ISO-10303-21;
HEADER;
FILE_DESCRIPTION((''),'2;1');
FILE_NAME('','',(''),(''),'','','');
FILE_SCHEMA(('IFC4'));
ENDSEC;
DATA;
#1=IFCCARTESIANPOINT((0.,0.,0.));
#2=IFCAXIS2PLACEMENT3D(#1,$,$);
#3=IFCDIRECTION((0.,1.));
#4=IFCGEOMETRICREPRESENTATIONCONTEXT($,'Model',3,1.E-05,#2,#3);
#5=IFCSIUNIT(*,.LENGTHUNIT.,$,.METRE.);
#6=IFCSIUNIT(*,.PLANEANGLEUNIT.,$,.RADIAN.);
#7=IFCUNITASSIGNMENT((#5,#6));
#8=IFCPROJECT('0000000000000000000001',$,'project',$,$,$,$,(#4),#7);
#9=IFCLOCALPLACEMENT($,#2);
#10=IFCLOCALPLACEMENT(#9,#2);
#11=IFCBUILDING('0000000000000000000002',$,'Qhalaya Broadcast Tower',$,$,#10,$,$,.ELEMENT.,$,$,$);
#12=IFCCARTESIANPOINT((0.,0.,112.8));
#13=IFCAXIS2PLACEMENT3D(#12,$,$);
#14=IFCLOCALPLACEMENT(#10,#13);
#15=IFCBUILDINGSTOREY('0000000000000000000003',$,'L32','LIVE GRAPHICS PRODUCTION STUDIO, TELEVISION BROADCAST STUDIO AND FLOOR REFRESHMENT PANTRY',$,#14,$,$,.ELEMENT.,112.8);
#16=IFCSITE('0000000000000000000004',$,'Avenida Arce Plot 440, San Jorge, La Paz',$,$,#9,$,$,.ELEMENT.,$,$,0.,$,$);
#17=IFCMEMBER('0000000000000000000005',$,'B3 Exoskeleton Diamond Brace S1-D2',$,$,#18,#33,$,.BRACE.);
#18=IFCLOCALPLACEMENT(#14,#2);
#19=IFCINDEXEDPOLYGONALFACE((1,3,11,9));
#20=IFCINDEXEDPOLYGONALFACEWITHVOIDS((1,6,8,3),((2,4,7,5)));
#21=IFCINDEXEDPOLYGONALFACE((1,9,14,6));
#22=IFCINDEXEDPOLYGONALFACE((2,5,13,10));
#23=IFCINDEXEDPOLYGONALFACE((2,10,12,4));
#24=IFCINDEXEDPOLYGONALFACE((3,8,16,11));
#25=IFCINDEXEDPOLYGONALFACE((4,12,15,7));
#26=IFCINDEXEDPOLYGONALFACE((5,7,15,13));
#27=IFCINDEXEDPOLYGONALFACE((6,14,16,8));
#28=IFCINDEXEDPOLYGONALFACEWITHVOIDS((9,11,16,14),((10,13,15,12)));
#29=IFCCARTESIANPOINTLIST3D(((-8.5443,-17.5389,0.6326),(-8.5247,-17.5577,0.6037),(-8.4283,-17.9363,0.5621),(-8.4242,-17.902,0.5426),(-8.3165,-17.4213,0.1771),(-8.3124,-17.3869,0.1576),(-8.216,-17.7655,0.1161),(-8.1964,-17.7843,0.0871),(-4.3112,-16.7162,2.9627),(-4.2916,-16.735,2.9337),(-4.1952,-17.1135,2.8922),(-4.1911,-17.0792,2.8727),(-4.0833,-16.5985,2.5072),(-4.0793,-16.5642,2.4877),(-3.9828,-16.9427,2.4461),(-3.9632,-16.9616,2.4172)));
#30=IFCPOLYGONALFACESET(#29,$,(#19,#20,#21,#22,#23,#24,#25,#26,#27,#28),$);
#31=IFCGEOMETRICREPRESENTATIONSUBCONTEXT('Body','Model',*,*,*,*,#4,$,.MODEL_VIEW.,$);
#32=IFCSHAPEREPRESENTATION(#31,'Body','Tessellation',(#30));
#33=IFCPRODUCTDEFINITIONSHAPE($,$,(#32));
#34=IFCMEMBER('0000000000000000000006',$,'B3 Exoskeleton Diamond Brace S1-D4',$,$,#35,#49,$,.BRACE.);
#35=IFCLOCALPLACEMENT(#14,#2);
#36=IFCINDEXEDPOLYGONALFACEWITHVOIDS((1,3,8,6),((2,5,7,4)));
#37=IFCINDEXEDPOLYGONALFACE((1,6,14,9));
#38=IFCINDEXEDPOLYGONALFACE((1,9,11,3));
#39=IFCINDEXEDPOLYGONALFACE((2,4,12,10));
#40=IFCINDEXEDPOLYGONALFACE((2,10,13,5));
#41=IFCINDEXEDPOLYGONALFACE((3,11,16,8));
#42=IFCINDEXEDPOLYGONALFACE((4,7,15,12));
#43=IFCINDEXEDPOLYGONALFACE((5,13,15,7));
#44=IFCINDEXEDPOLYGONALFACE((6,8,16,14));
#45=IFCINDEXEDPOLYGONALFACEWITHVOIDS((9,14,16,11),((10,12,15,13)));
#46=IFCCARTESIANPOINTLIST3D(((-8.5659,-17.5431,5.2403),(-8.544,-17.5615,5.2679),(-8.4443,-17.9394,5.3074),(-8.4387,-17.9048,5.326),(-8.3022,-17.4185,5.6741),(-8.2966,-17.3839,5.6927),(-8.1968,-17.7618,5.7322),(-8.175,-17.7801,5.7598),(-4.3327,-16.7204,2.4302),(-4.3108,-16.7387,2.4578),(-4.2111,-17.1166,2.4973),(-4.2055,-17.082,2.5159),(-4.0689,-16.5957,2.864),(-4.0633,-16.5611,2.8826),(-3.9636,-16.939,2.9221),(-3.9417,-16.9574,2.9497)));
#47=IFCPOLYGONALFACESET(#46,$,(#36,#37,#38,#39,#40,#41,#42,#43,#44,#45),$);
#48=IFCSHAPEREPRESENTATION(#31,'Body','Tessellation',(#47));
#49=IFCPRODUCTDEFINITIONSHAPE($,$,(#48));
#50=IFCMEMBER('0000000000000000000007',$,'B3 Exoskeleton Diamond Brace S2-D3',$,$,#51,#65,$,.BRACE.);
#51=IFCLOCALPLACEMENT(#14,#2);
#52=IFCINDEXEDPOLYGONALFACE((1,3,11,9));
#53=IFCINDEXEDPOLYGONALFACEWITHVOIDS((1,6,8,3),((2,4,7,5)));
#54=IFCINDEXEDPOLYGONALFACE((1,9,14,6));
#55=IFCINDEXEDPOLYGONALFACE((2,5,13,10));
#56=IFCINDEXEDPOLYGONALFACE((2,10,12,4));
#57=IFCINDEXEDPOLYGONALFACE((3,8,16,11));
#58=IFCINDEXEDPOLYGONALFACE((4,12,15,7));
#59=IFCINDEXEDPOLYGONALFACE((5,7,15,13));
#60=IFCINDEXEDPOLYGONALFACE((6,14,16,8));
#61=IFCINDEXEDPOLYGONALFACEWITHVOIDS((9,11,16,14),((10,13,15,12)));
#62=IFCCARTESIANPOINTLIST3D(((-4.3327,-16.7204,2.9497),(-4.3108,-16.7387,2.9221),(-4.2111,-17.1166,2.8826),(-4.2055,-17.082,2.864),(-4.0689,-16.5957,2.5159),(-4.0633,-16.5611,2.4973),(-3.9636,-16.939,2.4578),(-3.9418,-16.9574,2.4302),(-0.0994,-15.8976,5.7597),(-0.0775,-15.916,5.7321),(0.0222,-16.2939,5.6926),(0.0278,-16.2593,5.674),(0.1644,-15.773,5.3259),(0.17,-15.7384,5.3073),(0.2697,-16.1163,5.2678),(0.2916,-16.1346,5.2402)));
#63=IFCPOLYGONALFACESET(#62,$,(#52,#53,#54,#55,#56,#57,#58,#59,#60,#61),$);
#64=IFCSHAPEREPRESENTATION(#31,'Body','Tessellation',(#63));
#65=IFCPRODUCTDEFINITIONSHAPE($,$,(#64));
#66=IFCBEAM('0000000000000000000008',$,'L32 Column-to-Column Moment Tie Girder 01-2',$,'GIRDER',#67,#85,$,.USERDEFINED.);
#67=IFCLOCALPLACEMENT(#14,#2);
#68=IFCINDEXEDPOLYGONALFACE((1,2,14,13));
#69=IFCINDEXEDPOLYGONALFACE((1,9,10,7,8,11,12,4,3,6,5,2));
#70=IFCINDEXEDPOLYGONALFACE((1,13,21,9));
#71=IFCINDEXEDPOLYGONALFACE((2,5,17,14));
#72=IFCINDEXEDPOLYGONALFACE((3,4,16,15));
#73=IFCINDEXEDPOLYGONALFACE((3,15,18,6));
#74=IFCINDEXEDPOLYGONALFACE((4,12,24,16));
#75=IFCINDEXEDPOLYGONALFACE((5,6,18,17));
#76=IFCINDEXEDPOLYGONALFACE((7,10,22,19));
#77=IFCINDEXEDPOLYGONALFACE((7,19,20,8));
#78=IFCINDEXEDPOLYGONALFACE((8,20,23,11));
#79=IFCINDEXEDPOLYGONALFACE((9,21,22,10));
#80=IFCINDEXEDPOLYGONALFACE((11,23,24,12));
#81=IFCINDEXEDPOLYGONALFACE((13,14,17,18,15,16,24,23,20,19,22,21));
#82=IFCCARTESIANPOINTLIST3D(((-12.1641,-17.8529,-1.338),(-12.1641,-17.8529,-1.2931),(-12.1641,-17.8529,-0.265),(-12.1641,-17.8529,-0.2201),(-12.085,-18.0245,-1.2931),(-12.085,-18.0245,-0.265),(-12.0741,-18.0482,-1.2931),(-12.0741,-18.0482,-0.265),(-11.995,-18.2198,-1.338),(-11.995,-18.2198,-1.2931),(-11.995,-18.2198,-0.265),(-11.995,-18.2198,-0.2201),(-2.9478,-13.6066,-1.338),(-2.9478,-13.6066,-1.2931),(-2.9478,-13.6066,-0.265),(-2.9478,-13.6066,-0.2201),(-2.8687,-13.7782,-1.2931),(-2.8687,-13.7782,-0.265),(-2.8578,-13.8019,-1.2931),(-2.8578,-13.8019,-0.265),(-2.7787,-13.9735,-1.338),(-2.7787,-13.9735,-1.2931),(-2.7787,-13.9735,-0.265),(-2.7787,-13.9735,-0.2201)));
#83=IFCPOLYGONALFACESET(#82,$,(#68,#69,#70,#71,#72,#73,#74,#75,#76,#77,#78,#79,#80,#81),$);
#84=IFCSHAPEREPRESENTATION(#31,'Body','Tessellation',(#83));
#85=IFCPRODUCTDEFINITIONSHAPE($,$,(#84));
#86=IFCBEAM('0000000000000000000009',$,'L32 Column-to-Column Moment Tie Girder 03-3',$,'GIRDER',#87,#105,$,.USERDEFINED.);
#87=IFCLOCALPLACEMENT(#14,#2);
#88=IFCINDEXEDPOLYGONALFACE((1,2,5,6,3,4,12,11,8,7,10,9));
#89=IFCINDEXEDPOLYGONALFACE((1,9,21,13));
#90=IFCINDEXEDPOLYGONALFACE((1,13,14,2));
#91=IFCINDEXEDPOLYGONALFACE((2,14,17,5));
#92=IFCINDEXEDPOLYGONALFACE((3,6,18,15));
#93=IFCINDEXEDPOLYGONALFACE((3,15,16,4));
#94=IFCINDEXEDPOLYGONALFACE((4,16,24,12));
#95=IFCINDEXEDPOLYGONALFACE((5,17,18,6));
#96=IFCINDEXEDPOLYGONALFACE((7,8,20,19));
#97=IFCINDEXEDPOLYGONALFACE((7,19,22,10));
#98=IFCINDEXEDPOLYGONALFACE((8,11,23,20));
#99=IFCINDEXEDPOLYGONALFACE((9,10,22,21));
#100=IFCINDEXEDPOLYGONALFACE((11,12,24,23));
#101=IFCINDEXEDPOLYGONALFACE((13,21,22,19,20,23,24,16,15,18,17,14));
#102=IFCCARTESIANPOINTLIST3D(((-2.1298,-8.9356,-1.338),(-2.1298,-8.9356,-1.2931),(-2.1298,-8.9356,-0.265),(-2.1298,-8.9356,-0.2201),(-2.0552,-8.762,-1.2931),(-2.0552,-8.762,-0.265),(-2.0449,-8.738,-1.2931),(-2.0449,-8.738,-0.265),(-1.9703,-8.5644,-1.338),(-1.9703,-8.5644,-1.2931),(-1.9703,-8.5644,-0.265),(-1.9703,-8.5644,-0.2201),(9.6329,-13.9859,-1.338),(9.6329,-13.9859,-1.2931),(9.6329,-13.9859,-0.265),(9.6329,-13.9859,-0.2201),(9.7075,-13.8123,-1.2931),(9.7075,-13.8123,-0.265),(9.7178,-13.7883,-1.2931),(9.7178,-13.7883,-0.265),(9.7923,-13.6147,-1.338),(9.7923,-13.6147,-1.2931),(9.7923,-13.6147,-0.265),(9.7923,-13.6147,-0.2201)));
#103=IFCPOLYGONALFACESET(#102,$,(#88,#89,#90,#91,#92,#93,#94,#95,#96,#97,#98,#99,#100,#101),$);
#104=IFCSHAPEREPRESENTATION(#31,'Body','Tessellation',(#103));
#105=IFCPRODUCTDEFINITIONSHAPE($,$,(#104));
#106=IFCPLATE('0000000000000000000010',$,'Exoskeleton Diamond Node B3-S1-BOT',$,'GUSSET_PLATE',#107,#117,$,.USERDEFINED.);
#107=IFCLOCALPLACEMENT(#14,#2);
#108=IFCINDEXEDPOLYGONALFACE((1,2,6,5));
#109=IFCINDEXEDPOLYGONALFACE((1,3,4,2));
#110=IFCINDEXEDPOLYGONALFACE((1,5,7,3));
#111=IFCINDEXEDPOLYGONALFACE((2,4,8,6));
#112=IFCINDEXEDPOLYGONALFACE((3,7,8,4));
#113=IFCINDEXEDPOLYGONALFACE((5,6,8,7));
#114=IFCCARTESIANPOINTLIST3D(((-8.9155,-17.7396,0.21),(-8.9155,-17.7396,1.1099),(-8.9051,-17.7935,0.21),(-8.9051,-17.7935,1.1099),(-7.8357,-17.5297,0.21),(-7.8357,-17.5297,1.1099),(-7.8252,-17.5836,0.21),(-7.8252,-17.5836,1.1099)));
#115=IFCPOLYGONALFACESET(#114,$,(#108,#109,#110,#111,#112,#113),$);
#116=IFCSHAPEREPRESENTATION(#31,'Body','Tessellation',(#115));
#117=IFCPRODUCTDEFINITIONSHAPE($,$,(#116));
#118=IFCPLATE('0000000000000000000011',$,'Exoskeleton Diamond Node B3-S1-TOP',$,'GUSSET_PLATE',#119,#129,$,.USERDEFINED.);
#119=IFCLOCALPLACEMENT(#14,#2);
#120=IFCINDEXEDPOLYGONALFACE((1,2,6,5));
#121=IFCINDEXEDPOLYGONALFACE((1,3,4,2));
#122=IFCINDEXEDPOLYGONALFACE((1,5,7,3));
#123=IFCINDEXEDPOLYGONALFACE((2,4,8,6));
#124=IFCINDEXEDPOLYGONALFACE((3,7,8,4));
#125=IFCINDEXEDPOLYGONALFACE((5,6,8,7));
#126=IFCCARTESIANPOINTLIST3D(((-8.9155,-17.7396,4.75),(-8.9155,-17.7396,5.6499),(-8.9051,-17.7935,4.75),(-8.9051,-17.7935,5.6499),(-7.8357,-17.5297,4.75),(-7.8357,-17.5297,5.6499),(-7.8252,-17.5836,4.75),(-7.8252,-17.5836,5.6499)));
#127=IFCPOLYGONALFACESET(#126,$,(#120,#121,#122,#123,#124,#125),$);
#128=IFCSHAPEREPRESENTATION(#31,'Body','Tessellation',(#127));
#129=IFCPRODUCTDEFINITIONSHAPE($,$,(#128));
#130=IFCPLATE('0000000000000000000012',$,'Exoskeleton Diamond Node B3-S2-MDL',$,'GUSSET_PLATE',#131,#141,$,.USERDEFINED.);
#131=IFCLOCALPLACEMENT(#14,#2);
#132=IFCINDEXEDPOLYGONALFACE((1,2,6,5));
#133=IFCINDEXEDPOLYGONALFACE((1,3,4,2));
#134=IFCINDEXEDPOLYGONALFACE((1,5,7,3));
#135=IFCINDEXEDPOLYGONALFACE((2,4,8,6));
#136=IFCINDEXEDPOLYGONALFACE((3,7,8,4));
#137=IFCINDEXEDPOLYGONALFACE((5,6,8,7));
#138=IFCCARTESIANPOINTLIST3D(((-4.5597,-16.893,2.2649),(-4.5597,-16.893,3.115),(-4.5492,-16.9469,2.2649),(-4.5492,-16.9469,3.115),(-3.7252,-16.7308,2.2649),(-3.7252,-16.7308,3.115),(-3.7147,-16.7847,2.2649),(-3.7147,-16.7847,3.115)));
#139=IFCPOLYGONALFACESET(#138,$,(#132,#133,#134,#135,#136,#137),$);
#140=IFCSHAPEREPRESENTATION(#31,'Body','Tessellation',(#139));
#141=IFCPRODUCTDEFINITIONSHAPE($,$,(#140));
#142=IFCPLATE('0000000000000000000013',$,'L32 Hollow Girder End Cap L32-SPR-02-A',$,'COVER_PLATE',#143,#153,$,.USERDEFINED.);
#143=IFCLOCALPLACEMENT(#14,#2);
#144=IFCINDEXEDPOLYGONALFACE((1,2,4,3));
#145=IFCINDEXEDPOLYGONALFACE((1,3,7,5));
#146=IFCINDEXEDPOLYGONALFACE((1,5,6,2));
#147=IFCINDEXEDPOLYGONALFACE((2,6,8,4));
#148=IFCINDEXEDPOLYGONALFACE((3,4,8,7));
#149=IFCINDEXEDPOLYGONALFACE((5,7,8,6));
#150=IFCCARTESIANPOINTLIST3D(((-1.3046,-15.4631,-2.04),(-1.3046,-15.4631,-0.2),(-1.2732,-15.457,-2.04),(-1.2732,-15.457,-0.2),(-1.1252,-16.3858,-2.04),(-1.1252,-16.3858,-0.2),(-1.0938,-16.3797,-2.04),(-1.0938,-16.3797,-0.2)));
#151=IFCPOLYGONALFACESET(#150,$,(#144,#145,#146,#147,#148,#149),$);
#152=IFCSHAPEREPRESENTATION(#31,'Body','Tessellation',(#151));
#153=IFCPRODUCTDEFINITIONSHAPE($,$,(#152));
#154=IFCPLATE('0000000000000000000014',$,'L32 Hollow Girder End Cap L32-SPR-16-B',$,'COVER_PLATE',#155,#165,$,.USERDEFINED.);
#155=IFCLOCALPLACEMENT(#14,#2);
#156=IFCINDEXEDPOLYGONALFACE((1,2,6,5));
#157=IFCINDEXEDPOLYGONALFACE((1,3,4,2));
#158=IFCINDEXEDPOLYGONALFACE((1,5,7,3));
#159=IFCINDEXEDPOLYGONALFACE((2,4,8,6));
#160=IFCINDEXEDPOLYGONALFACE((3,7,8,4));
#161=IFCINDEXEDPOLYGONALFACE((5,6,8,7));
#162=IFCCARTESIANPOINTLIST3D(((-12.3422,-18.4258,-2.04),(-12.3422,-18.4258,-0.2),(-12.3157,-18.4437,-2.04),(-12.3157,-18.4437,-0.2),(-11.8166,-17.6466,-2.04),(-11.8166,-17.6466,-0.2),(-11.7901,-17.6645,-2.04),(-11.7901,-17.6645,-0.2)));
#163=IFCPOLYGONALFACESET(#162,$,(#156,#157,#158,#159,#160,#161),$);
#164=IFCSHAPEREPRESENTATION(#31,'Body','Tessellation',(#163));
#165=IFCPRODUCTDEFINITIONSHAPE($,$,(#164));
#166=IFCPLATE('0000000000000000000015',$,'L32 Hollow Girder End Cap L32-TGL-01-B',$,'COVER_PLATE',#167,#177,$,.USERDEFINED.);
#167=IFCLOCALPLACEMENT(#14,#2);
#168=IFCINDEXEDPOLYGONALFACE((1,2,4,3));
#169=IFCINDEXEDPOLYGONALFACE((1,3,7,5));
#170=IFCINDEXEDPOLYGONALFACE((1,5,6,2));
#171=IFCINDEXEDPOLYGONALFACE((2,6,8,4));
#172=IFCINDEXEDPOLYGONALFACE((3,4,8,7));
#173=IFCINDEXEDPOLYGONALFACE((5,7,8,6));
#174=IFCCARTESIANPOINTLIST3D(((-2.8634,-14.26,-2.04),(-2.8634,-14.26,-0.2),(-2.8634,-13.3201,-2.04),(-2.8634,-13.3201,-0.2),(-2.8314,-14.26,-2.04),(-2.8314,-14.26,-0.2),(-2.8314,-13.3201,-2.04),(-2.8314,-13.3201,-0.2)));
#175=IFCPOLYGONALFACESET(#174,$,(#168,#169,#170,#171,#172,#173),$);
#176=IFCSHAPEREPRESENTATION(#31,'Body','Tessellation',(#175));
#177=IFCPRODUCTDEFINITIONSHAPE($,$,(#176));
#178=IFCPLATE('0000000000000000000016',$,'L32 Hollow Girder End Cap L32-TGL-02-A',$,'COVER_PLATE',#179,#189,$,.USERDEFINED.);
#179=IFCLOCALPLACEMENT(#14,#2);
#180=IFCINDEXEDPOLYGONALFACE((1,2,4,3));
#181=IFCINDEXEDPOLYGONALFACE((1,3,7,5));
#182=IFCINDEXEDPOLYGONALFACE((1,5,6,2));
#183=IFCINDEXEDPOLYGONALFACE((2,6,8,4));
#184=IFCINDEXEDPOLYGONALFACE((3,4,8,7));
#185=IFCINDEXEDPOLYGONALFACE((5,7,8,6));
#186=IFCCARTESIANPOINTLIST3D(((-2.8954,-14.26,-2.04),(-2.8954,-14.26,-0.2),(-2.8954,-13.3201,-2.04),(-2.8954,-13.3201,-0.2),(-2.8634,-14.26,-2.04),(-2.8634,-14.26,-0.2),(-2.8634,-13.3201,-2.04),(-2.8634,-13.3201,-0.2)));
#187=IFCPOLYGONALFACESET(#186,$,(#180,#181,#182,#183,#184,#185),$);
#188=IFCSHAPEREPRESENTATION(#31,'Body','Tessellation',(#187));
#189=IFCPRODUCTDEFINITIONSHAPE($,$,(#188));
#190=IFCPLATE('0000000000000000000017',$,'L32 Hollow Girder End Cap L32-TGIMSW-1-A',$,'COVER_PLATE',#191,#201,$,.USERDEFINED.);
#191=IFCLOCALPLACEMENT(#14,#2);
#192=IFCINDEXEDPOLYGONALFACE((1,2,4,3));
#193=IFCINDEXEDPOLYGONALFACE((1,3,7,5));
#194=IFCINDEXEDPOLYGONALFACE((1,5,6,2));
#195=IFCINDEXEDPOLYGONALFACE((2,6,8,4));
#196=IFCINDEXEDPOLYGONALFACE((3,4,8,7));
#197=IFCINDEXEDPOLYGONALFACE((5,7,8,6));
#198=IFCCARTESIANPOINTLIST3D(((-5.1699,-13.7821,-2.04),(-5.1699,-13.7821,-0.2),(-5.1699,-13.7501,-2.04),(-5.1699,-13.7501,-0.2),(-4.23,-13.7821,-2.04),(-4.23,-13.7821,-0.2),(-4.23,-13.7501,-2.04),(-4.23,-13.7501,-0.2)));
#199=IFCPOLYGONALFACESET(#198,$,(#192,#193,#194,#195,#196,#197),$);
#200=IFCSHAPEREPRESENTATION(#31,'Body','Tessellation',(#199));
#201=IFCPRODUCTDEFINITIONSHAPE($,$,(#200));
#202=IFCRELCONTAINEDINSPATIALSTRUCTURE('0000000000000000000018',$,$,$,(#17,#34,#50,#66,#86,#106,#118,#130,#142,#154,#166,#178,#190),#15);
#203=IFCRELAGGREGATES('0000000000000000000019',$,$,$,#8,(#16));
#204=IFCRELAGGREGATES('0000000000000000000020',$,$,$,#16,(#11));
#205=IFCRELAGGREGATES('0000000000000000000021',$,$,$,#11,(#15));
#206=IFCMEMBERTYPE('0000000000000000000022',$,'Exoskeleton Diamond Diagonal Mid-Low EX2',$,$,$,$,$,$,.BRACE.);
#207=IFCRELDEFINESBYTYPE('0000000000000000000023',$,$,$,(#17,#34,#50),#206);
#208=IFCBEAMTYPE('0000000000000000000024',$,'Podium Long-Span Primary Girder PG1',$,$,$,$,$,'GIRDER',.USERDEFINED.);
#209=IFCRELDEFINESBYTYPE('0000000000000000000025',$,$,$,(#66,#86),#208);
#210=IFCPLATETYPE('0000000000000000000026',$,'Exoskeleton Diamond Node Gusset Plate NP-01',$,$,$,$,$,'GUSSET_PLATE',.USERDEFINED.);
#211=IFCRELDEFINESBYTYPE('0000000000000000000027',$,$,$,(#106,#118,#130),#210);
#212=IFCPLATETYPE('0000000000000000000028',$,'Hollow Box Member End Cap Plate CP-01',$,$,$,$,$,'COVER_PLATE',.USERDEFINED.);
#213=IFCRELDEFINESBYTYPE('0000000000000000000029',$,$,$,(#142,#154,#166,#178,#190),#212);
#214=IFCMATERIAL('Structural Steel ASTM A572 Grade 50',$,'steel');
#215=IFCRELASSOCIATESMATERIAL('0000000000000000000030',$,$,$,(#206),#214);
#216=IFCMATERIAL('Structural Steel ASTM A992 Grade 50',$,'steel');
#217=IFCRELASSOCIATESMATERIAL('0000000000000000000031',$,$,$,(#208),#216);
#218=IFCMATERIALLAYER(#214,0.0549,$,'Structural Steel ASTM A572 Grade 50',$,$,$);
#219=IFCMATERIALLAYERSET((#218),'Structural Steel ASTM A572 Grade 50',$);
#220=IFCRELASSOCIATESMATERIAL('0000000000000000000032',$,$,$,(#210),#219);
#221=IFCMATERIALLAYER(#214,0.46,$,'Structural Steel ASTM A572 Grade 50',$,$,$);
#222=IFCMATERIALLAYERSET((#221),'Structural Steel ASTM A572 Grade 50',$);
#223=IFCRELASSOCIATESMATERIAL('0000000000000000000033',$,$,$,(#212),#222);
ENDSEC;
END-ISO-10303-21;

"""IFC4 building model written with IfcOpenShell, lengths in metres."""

from ifc_helpers import new_model, si_unit, direction, frame, origin, origin_2d, place, context, subcontext, project, spatial, rectangle, hollow_rectangle, i_section, extrude, material, layer, layer_set, material_profile, profile_set, type_object, element, save


model = new_model("IFC4")

# Units and contexts
model_context = context("Model", 3, precision=1e-05, world=origin(), true_north=direction((0.0, 1.0)))
body_context = subcontext(model_context, "Body", "Model", "MODEL_VIEW")
ifc_project = project(units=[si_unit("LENGTHUNIT", "METRE"), si_unit("PLANEANGLEUNIT", "RADIAN")], contexts=[model_context])

# Site, building, storey
site_placement = place(None, origin())
site = spatial("IfcSite", under=ifc_project, at=site_placement, Name="Avenida Arce Plot 440, San Jorge, La Paz", CompositionType="ELEMENT", RefElevation=0.0)
building_placement = place(site_placement, origin())
building = spatial("IfcBuilding", under=site, at=building_placement, Name="Qhalaya Broadcast Tower", CompositionType="ELEMENT")
storey_placement = place(building_placement, frame((0.0, 0.0, 112.8)))
storey = spatial("IfcBuildingStorey", under=building, at=storey_placement, Name="L32", Description="LIVE GRAPHICS PRODUCTION STUDIO, TELEVISION BROADCAST STUDIO AND FLOOR REFRESHMENT PANTRY", CompositionType="ELEMENT", Elevation=112.8)

# Shared definitions
ifc_material_1 = material(Name="Structural Steel ASTM A572 Grade 50", Category="steel")
ifc_material_2 = material(Name="Structural Steel ASTM A992 Grade 50", Category="steel")

# Members
ifc_material_profile_1 = material_profile(ifc_material_1, hollow_rectangle(XDim=0.4199, YDim=0.55, WallThickness=0.0281, at=origin_2d()), Name="BOX 420x550x28")
ifc_profile_set_1 = profile_set([ifc_material_profile_1], Name="Structural Steel ASTM A572 Grade 50")
member_type = type_object("IfcMemberType", Name="Exoskeleton Diamond Diagonal Mid-Low EX2", PredefinedType="BRACE", material=ifc_profile_set_1)
for number, where, z_axis, x_axis, name in (
    (1, (-8.3704, -17.6616, 0.3599), (0.863625, 0.167854, 0.47537), (-0.276323, 0.94629, 0.167871), "B3 Exoskeleton Diamond Brace S1-D2"),
):
    element("IfcMember", number, at=place(storey_placement, frame(where, z_axis=z_axis, x_axis=x_axis)), inside=storey, type_object=member_type, Name=name, PredefinedType="BRACE", context=body_context, shape_type="SweptSolid", body=[
        extrude(hollow_rectangle(XDim=0.4199, YDim=0.55, WallThickness=0.0281, at=origin_2d()), origin(), (0.0, 0.0, 1.0), 4.9016),
    ])
for number, where, z_axis, x_axis, name in (
    (2, (-4.1372, -16.8389, 2.6899), (-0.82243, -0.159847, 0.545947), (0.289542, -0.943721, 0.159864), "B3 Exoskeleton Diamond Brace S1-D4"),
    (3, (-4.1372, -16.8389, 2.6899), (0.822445, 0.159841, 0.545925), (-0.289528, 0.943725, 0.159866), "B3 Exoskeleton Diamond Brace S2-D3"),
):
    element("IfcMember", number, at=place(storey_placement, frame(where, z_axis=z_axis, x_axis=x_axis)), inside=storey, type_object=member_type, Name=name, PredefinedType="BRACE", context=body_context, shape_type="SweptSolid", body=[
        extrude(hollow_rectangle(XDim=0.4199, YDim=0.55, WallThickness=0.0281, at=origin_2d()), origin(), (0.0, 0.0, 1.0), 5.1472),
    ])

# Beams
ifc_material_profile_2 = material_profile(ifc_material_2, i_section(OverallWidth=0.4041, OverallDepth=1.1179, WebThickness=0.0261, FlangeThickness=0.0449, at=origin_2d()), Name="W44X335")
ifc_profile_set_2 = profile_set([ifc_material_profile_2], Name="Structural Steel ASTM A992 Grade 50")
beam_type_1 = type_object("IfcBeamType", Name="Podium Long-Span Primary Girder PG1", ElementType="GIRDER", PredefinedType="USERDEFINED", material=ifc_profile_set_2)
beam_1_placement = place(storey_placement, frame((-2.8633, -13.79, -0.7791), z_axis=(-0.908235, -0.418462, 0.0), x_axis=(0.418462, -0.908235, 0.0)))
element("IfcBeam", 4, at=beam_1_placement, inside=storey, type_object=beam_type_1, Name="L32 Column-to-Column Moment Tie Girder 01-2", ObjectType="GIRDER", PredefinedType="USERDEFINED", context=body_context, shape_type="SweptSolid", body=[
    extrude(i_section(OverallWidth=0.4041, OverallDepth=1.1179, WebThickness=0.0261, FlangeThickness=0.0449, at=origin_2d()), origin(), (0.0, 0.0, 1.0), 10.1475),
])
beam_2_placement = place(storey_placement, frame((-2.05, -8.75, -0.7791), z_axis=(0.918886, -0.394522, 0.0), x_axis=(0.394522, 0.918886, 0.0)))
element("IfcBeam", 5, at=beam_2_placement, inside=storey, type_object=beam_type_1, Name="L32 Column-to-Column Moment Tie Girder 03-3", ObjectType="GIRDER", PredefinedType="USERDEFINED", context=body_context, shape_type="SweptSolid", body=[
    extrude(i_section(OverallWidth=0.4041, OverallDepth=1.1179, WebThickness=0.0261, FlangeThickness=0.0449, at=origin_2d()), origin(), (0.0, 0.0, 1.0), 12.801),
])

# Plates
ifc_layer_1 = layer(ifc_material_1, 0.0549, Name="Structural Steel ASTM A572 Grade 50")
ifc_layer_set_1 = layer_set([ifc_layer_1], Name="Structural Steel ASTM A572 Grade 50")
plate_type_1 = type_object("IfcPlateType", Name="Exoskeleton Diamond Node Gusset Plate NP-01", ElementType="GUSSET_PLATE", PredefinedType="USERDEFINED", material=ifc_layer_set_1)
for number, where, z_axis, x_axis, name in (
    (6, (-8.3704, -17.6616, 0.21), (0.0, 0.0, 1.0), (0.981627, 0.190809, 0.0), "Exoskeleton Diamond Node B3-S1-BOT"),
    (7, (-8.3704, -17.6616, 4.75), (0.0, 0.0, 1.0), (0.981627, 0.190809, 0.0), "Exoskeleton Diamond Node B3-S1-TOP"),
):
    element("IfcPlate", number, at=place(storey_placement, frame(where, z_axis=z_axis, x_axis=x_axis)), inside=storey, type_object=plate_type_1, Name=name, ObjectType="GUSSET_PLATE", PredefinedType="USERDEFINED", context=body_context, shape_type="SweptSolid", body=[
        extrude(rectangle(XDim=1.1001, YDim=0.0549, at=origin_2d()), origin(), (0.0, 0.0, 1.0), 0.8999),
    ])
plate_1_placement = place(storey_placement, frame((-4.1372, -16.8389, 2.2649), z_axis=(0.0, 0.0, 1.0), x_axis=(0.981627, 0.190809, 0.0)))
element("IfcPlate", 8, at=plate_1_placement, inside=storey, type_object=plate_type_1, Name="Exoskeleton Diamond Node B3-S2-MDL", ObjectType="GUSSET_PLATE", PredefinedType="USERDEFINED", context=body_context, shape_type="SweptSolid", body=[
    extrude(rectangle(XDim=0.8501, YDim=0.0549, at=origin_2d()), origin(), (0.0, 0.0, 1.0), 0.8501),
])
ifc_layer_2 = layer(ifc_material_1, 0.46, Name="Structural Steel ASTM A572 Grade 50")
ifc_layer_set_2 = layer_set([ifc_layer_2], Name="Structural Steel ASTM A572 Grade 50")
plate_type_2 = type_object("IfcPlateType", Name="Hollow Box Member End Cap Plate CP-01", ElementType="COVER_PLATE", PredefinedType="USERDEFINED", material=ifc_layer_set_2)
for number, where, z_axis, x_axis, name in (
    (9, (-1.1992, -15.9214, -2.04), (0.0, 0.0, 1.0), (-0.190809, 0.981627, 0.0), "L32 Hollow Girder End Cap L32-SPR-02-A"),
    (10, (-12.0662, -18.0452, -2.04), (0.0, 0.0, 1.0), (0.559193, 0.829038, 0.0), "L32 Hollow Girder End Cap L32-SPR-16-B"),
    (11, (-2.8474, -13.79, -2.04), (0.0, 0.0, 1.0), (0.0, 1.0, 0.0), "L32 Hollow Girder End Cap L32-TGL-01-B"),
    (12, (-2.8794, -13.79, -2.04), (0.0, 0.0, 1.0), (0.0, 1.0, 0.0), "L32 Hollow Girder End Cap L32-TGL-02-A"),
    (13, (-4.7, -13.7661, -2.04), (0.0, 0.0, 1.0), (-1.0, 0.0, 0.0), "L32 Hollow Girder End Cap L32-TGIMSW-1-A"),
):
    element("IfcPlate", number, at=place(storey_placement, frame(where, z_axis=z_axis, x_axis=x_axis)), inside=storey, type_object=plate_type_2, Name=name, ObjectType="COVER_PLATE", PredefinedType="USERDEFINED", context=body_context, shape_type="SweptSolid", body=[
        extrude(rectangle(XDim=0.9399, YDim=0.032, at=origin_2d()), origin(), (0.0, 0.0, 1.0), 1.8401),
    ])

save(model, "model.ifc")
